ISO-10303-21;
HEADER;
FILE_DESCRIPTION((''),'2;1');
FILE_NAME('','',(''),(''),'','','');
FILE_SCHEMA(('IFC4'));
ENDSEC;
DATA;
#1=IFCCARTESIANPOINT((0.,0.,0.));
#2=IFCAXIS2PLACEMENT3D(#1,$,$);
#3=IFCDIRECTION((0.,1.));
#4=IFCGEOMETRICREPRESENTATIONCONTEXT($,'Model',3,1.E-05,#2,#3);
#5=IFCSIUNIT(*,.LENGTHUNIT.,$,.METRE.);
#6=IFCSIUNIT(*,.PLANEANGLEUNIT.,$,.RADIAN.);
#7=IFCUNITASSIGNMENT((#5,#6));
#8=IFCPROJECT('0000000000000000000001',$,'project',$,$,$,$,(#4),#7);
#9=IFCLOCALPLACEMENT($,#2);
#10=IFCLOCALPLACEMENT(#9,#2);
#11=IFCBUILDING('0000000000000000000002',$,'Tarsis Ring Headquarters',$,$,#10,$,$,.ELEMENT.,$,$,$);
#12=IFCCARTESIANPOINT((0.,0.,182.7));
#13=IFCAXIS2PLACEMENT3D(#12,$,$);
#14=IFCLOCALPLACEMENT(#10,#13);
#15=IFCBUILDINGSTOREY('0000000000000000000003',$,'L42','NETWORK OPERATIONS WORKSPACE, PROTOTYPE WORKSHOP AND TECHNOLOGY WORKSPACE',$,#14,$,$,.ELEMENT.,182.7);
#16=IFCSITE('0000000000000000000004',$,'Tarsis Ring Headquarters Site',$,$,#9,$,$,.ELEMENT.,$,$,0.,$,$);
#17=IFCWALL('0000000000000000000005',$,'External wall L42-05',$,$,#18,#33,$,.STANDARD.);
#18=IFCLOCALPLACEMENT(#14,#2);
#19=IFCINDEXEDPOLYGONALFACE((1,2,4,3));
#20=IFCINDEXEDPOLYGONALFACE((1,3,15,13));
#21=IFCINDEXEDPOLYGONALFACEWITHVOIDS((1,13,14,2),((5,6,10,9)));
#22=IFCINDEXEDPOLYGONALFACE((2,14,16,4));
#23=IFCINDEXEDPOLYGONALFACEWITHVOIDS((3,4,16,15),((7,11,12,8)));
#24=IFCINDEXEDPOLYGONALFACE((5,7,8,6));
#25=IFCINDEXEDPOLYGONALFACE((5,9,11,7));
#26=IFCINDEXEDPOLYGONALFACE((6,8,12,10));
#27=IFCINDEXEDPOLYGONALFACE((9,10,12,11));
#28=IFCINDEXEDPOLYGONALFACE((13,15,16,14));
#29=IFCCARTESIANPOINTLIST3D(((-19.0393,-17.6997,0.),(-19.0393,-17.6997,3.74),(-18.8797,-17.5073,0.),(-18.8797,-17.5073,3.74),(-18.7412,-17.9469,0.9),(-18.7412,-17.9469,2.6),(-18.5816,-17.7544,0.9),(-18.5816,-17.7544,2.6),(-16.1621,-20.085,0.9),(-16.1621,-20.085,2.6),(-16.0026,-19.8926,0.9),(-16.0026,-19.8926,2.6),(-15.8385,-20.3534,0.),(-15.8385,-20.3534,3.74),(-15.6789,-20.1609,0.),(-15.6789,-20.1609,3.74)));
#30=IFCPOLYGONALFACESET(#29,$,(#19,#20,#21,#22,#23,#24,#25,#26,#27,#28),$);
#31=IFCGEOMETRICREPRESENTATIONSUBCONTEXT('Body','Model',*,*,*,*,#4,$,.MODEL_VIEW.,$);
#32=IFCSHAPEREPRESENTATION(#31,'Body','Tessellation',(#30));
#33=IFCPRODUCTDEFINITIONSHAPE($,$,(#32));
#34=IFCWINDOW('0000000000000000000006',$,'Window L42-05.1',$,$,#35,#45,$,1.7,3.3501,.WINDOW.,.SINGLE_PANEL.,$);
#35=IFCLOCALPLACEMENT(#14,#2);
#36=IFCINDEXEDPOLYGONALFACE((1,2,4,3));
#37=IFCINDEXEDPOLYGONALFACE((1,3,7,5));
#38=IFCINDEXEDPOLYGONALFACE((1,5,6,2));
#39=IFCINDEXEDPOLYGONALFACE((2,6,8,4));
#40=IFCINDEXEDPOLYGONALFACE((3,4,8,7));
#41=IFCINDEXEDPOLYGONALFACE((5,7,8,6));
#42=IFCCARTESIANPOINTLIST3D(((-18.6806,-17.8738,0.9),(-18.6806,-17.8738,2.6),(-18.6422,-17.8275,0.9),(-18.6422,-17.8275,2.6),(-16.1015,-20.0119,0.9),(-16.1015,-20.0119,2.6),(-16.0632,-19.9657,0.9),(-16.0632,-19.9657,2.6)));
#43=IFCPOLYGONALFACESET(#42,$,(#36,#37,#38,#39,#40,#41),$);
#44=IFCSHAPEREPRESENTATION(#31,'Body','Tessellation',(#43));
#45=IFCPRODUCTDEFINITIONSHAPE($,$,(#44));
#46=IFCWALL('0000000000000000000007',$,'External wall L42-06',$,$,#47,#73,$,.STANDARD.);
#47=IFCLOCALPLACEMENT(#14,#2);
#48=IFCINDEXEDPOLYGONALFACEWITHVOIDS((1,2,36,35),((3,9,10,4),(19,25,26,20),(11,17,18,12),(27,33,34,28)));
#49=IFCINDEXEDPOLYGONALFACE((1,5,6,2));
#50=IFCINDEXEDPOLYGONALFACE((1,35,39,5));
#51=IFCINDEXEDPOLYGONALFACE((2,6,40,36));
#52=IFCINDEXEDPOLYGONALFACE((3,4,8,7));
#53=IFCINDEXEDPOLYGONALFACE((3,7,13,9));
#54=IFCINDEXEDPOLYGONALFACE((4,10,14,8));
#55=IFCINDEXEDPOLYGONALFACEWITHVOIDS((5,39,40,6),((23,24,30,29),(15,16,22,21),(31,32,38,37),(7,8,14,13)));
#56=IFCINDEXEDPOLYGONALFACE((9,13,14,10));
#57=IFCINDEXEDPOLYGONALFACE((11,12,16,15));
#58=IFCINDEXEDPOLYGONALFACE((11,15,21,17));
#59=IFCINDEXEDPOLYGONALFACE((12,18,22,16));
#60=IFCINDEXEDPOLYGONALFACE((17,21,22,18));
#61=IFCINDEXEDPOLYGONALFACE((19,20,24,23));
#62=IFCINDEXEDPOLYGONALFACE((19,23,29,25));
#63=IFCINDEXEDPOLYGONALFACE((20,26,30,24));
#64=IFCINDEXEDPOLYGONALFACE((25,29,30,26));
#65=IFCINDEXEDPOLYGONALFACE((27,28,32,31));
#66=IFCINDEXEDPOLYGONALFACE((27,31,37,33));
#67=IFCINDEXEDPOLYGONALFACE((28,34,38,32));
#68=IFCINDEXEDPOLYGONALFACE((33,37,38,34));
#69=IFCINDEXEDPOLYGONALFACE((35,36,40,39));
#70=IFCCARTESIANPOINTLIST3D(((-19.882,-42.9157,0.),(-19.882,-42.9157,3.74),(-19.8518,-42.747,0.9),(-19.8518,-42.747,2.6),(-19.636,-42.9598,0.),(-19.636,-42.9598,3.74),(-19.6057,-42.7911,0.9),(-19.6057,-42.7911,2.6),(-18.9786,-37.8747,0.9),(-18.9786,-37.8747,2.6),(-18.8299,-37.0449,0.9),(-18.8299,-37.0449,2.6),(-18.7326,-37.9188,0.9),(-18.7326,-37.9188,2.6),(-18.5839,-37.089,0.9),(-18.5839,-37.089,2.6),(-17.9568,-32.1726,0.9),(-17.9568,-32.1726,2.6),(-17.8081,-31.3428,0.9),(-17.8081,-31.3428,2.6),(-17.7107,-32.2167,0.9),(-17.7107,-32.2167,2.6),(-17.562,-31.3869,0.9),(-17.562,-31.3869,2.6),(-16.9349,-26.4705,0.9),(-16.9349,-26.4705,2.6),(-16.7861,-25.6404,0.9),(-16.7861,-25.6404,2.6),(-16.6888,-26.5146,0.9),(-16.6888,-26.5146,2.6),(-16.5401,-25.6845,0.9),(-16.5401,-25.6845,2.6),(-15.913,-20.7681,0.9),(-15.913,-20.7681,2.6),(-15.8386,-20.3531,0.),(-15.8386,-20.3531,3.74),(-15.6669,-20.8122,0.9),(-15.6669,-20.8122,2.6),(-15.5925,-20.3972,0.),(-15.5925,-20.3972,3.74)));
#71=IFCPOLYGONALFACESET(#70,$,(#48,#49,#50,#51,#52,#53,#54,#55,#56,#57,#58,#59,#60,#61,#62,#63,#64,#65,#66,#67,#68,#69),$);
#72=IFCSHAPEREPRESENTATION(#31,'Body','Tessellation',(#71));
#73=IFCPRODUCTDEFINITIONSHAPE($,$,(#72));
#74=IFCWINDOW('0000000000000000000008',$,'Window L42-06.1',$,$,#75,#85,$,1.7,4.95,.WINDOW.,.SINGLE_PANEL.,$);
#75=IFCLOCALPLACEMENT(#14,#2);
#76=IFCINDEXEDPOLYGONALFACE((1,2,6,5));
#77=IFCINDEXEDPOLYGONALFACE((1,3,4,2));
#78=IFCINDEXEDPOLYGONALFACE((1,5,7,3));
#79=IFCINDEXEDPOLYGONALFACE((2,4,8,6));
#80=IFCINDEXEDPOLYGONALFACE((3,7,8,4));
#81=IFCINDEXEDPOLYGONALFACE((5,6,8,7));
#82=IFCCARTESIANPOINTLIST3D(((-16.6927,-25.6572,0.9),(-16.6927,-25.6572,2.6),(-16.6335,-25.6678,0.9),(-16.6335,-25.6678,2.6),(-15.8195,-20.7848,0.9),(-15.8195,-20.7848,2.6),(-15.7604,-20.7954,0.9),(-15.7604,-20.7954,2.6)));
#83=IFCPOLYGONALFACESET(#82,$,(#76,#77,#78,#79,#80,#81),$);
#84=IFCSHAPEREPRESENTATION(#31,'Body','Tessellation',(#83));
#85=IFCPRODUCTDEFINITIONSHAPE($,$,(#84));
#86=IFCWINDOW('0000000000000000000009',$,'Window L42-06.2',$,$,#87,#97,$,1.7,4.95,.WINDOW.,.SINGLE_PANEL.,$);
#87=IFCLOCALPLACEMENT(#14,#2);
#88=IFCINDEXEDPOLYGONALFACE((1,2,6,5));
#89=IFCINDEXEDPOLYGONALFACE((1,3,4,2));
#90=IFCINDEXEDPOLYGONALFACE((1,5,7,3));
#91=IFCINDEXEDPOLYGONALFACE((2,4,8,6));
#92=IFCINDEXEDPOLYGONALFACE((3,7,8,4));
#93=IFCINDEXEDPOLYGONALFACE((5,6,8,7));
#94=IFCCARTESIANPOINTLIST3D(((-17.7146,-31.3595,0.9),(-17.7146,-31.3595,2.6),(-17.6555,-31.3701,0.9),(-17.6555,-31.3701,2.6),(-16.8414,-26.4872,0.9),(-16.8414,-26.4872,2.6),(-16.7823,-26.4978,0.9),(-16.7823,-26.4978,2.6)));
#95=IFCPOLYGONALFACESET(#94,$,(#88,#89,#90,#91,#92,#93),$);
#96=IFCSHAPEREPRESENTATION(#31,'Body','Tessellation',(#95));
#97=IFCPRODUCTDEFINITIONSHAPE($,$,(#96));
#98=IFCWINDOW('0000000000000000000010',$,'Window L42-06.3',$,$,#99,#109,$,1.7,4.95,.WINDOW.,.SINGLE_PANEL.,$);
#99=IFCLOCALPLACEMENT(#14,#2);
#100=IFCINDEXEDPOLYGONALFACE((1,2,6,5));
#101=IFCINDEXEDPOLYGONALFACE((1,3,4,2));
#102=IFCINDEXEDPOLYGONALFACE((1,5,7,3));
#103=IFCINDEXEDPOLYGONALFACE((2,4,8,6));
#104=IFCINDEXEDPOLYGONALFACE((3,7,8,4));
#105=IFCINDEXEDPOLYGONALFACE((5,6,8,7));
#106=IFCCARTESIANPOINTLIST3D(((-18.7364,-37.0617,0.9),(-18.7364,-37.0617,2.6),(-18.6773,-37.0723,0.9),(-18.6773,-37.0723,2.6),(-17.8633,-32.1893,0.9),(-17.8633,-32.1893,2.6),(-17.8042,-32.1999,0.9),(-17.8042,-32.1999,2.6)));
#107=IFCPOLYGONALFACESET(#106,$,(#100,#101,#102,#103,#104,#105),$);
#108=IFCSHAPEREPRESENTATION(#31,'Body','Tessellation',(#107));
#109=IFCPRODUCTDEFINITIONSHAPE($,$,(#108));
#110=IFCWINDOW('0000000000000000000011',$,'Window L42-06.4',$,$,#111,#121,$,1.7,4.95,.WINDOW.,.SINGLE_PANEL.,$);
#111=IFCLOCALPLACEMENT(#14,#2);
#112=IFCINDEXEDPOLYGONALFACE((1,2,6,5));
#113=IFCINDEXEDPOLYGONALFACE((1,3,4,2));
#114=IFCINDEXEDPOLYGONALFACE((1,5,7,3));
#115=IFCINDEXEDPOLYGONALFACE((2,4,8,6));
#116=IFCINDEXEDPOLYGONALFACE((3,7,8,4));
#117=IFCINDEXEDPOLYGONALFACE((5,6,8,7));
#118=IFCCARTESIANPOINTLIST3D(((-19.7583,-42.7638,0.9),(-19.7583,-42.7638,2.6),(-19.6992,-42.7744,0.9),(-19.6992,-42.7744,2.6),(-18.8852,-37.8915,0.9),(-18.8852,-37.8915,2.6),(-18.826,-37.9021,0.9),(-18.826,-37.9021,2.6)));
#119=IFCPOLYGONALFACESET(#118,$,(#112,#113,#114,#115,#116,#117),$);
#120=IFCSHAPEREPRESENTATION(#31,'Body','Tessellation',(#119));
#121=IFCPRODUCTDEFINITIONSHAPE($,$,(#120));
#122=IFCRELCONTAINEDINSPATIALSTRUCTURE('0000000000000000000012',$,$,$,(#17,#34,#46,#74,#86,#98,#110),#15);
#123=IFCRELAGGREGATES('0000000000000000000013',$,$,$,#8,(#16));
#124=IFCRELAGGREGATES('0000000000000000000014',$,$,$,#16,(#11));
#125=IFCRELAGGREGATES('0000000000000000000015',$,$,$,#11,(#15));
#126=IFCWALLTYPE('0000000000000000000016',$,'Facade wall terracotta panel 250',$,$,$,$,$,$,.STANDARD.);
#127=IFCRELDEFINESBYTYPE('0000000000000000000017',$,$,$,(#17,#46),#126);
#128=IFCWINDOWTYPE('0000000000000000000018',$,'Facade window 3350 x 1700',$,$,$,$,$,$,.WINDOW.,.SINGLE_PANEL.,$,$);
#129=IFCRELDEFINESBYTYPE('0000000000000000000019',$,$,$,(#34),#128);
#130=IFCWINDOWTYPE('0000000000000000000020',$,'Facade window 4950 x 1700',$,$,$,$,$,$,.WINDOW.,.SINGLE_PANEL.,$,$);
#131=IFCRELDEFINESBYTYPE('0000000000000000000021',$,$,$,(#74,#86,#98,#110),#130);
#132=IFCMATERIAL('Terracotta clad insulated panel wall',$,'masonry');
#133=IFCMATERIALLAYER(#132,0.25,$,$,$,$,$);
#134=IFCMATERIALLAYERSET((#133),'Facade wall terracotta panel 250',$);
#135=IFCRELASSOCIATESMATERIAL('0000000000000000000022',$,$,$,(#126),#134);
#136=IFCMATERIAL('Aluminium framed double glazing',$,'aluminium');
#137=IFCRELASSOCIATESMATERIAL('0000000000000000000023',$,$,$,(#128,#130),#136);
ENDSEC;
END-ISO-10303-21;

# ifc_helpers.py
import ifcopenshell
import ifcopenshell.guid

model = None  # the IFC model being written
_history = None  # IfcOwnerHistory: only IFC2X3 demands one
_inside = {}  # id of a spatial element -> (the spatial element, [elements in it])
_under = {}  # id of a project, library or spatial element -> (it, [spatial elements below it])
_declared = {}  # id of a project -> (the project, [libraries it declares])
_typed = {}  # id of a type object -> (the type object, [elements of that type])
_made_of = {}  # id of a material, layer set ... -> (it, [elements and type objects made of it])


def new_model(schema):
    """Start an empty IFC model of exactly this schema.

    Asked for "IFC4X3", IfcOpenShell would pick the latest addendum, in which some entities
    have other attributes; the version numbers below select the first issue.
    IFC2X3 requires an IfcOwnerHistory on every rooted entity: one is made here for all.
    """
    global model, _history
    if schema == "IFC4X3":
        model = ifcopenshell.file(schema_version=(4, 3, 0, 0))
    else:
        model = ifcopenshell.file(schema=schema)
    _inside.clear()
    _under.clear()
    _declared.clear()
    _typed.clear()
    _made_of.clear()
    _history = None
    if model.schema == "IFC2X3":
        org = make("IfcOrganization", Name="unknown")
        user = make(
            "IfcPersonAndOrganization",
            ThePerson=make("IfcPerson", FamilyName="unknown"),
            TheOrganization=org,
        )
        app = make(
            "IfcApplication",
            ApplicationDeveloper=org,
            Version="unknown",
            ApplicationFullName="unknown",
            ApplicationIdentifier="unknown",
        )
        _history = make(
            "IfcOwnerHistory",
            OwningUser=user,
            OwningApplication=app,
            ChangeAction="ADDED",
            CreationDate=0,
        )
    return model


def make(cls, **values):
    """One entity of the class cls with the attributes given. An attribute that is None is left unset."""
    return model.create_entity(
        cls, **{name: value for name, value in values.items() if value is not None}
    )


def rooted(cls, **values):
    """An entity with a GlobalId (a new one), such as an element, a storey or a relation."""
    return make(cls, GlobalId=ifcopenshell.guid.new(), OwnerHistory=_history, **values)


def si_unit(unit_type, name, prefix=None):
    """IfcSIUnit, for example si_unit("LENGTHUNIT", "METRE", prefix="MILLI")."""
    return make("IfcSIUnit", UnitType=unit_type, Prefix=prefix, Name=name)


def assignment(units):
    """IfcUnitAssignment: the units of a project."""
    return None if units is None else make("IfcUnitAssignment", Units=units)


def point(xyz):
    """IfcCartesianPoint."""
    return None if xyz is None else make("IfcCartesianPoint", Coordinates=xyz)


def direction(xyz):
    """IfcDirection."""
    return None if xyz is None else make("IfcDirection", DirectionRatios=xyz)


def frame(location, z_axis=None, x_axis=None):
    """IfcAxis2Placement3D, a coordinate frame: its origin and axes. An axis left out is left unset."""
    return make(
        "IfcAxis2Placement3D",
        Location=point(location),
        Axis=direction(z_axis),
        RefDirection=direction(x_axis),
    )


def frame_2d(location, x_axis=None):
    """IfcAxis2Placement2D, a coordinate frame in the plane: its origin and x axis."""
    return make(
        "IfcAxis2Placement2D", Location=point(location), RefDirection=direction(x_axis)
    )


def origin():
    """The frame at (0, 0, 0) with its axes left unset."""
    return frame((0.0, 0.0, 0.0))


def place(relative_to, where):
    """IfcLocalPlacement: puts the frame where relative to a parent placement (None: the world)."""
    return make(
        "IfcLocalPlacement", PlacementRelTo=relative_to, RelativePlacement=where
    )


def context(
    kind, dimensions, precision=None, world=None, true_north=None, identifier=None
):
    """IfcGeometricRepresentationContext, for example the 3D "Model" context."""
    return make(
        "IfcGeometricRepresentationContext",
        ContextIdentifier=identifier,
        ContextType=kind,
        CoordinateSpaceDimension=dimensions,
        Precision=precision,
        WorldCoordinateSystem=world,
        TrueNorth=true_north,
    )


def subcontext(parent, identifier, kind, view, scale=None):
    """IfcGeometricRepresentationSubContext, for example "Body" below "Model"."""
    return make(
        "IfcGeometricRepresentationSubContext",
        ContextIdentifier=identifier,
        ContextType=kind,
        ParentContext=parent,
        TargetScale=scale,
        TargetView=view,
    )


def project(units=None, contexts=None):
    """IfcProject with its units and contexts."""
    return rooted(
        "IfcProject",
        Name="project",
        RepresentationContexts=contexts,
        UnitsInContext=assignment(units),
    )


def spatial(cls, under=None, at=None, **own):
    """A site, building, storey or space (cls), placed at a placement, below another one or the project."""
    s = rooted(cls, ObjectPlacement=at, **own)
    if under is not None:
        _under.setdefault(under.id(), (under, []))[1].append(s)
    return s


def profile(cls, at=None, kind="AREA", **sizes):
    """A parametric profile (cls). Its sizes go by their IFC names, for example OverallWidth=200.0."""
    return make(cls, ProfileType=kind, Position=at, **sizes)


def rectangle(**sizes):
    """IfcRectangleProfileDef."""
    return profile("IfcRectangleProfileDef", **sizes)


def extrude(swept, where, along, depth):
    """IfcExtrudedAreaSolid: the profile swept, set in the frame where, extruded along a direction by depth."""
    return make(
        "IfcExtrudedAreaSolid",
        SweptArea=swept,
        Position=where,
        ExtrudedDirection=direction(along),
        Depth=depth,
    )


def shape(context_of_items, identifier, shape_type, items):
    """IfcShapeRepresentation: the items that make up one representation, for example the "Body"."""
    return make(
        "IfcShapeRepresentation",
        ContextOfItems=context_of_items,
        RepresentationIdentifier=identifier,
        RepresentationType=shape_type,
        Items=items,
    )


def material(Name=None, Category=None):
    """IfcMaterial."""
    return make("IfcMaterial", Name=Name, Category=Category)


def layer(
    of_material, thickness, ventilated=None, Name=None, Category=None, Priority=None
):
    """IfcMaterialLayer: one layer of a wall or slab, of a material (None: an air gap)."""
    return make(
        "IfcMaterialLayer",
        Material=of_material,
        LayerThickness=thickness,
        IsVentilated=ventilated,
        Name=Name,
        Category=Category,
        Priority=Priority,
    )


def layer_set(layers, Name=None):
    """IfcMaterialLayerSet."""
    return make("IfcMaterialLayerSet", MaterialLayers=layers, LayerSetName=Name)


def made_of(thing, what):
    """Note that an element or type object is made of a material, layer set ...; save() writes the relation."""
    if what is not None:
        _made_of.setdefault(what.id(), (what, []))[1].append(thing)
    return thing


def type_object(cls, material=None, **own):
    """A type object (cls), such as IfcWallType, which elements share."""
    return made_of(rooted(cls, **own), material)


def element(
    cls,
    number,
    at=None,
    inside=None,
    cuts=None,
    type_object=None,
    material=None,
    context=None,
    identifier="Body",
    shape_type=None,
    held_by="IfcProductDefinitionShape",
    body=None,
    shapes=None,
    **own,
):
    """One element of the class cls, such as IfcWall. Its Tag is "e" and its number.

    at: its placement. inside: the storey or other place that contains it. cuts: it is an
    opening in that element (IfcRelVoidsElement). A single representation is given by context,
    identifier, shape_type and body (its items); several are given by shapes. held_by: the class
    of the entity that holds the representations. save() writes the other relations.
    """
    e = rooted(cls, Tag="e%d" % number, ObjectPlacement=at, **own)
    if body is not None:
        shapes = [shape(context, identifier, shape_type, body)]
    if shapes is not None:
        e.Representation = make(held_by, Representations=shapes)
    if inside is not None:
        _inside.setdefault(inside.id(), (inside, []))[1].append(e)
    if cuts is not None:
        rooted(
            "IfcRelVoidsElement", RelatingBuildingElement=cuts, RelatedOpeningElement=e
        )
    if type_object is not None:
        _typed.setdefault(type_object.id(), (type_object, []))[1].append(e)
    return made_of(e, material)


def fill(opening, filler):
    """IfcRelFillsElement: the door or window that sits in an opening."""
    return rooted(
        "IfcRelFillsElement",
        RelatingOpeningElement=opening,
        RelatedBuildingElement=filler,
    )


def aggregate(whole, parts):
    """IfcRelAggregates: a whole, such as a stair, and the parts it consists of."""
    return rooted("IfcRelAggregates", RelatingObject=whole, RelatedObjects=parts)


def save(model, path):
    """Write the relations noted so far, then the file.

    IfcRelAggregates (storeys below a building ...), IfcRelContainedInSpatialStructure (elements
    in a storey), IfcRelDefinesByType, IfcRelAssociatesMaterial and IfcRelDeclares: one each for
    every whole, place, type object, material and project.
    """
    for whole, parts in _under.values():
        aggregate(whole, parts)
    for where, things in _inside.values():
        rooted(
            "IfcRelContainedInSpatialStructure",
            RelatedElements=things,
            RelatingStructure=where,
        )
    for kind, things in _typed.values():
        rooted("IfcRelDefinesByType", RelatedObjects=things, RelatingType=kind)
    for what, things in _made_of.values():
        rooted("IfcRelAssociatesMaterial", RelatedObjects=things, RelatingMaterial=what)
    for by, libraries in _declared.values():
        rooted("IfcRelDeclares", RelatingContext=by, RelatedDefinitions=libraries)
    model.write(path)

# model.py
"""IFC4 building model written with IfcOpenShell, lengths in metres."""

from ifc_helpers import new_model, si_unit, direction, frame, frame_2d, origin, place, context, subcontext, project, spatial, rectangle, extrude, material, layer, layer_set, type_object, element, fill, save


model = new_model("IFC4")

# Units and contexts
model_context = context("Model", 3, precision=1e-05, world=origin(), true_north=direction((0.0, 1.0)))
body_context = subcontext(model_context, "Body", "Model", "MODEL_VIEW")
ifc_project = project(units=[si_unit("LENGTHUNIT", "METRE"), si_unit("PLANEANGLEUNIT", "RADIAN")], contexts=[model_context])

# Site, building, storey
site_placement = place(None, origin())
site = spatial("IfcSite", under=ifc_project, at=site_placement, Name="Tarsis Ring Headquarters Site", CompositionType="ELEMENT", RefElevation=0.0)
building_placement = place(site_placement, origin())
building = spatial("IfcBuilding", under=site, at=building_placement, Name="Tarsis Ring Headquarters", CompositionType="ELEMENT")
storey_placement = place(building_placement, frame((0.0, 0.0, 182.7)))
storey = spatial("IfcBuildingStorey", under=building, at=storey_placement, Name="L42", Description="NETWORK OPERATIONS WORKSPACE, PROTOTYPE WORKSHOP AND TECHNOLOGY WORKSPACE", CompositionType="ELEMENT", Elevation=182.7)

# Wall, opening, window
ifc_material_1 = material(Name="Terracotta clad insulated panel wall", Category="masonry")
ifc_layer_1 = layer(ifc_material_1, 0.25)
ifc_layer_set_1 = layer_set([ifc_layer_1], Name="Facade wall terracotta panel 250")
wall_type_1 = type_object("IfcWallType", Name="Facade wall terracotta panel 250", PredefinedType="STANDARD", material=ifc_layer_set_1)
wall_1_placement = place(storey_placement, frame((-18.9595, -17.6035, 0.0), z_axis=(0.0, 0.0, 1.0), x_axis=(0.769836, -0.638242, 0.0)))
wall_1 = element("IfcWall", 1, at=wall_1_placement, inside=storey, type_object=wall_type_1, Name="External wall L42-05", PredefinedType="STANDARD", context=body_context, shape_type="SweptSolid", body=[
    extrude(rectangle(XDim=4.1577, YDim=0.25, at=frame_2d((2.0789, 0.0))), origin(), (0.0, 0.0, 1.0), 3.74),
])
opening_1_placement = place(wall_1_placement, frame((0.3872, 0.0, 0.8999)))
opening_1 = element("IfcOpeningElement", 2, at=opening_1_placement, cuts=wall_1, PredefinedType="OPENING", context=body_context, shape_type="SweptSolid", body=[
    extrude(rectangle(XDim=3.3501, YDim=1.7, at=frame_2d((1.675, 0.8501))), frame((0.0, 0.135, 0.0), z_axis=(0.0, -1.0, 0.0), x_axis=(1.0, 0.0, 0.0)), (0.0, 0.0, 1.0), 0.27),
])
ifc_material_2 = material(Name="Aluminium framed double glazing", Category="aluminium")
window_type_1 = type_object("IfcWindowType", Name="Facade window 3350 x 1700", PartitioningType="SINGLE_PANEL", PredefinedType="WINDOW", material=ifc_material_2)
window_1_placement = place(opening_1_placement, origin())
window_1 = element("IfcWindow", 3, at=window_1_placement, inside=storey, type_object=window_type_1, Name="Window L42-05.1", OverallHeight=1.7, OverallWidth=3.3501, PartitioningType="SINGLE_PANEL", PredefinedType="WINDOW", context=body_context, shape_type="SweptSolid", body=[
    extrude(rectangle(XDim=3.3501, YDim=1.7, at=frame_2d((1.675, 0.8501))), frame((0.0, 0.03, 0.0), z_axis=(0.0, -1.0, 0.0), x_axis=(1.0, 0.0, 0.0)), (0.0, 0.0, 1.0), 0.0601),
])
fill(opening_1, window_1)

# Wall, openings, windows
wall_2_placement = place(storey_placement, frame((-15.7156, -20.3752, 0.0), z_axis=(0.0, 0.0, 1.0), x_axis=(-0.176399, -0.984319, 0.0)))
wall_2 = element("IfcWall", 4, at=wall_2_placement, inside=storey, type_object=wall_type_1, Name="External wall L42-06", PredefinedType="STANDARD", context=body_context, shape_type="SweptSolid", body=[
    extrude(rectangle(XDim=22.9221, YDim=0.25, at=frame_2d((11.4609, 0.0))), origin(), (0.0, 0.0, 1.0), 3.74),
])
opening_2_placement = place(wall_2_placement, frame((0.4214, 0.0, 0.8999)))
opening_2 = element("IfcOpeningElement", 5, at=opening_2_placement, cuts=wall_2, PredefinedType="OPENING", context=body_context, shape_type="SweptSolid", body=[
    extrude(rectangle(XDim=4.95, YDim=1.7, at=frame_2d((2.4751, 0.8501))), frame((0.0, 0.135, 0.0), z_axis=(0.0, -1.0, 0.0), x_axis=(1.0, 0.0, 0.0)), (0.0, 0.0, 1.0), 0.27),
])
opening_3_placement = place(wall_2_placement, frame((6.2146, 0.0, 0.8999)))
opening_3 = element("IfcOpeningElement", 6, at=opening_3_placement, cuts=wall_2, PredefinedType="OPENING", context=body_context, shape_type="SweptSolid", body=[
    extrude(rectangle(XDim=4.95, YDim=1.7, at=frame_2d((2.4751, 0.8501))), frame((0.0, 0.135, 0.0), z_axis=(0.0, -1.0, 0.0), x_axis=(1.0, 0.0, 0.0)), (0.0, 0.0, 1.0), 0.27),
])
opening_4_placement = place(wall_2_placement, frame((12.0076, 0.0, 0.8999)))
opening_4 = element("IfcOpeningElement", 7, at=opening_4_placement, cuts=wall_2, PredefinedType="OPENING", context=body_context, shape_type="SweptSolid", body=[
    extrude(rectangle(XDim=4.95, YDim=1.7, at=frame_2d((2.4751, 0.8501))), frame((0.0, 0.135, 0.0), z_axis=(0.0, -1.0, 0.0), x_axis=(1.0, 0.0, 0.0)), (0.0, 0.0, 1.0), 0.27),
])
opening_5_placement = place(wall_2_placement, frame((17.8005, 0.0, 0.8999)))
opening_5 = element("IfcOpeningElement", 8, at=opening_5_placement, cuts=wall_2, PredefinedType="OPENING", context=body_context, shape_type="SweptSolid", body=[
    extrude(rectangle(XDim=4.95, YDim=1.7, at=frame_2d((2.4751, 0.8501))), frame((0.0, 0.135, 0.0), z_axis=(0.0, -1.0, 0.0), x_axis=(1.0, 0.0, 0.0)), (0.0, 0.0, 1.0), 0.27),
])
window_type_2 = type_object("IfcWindowType", Name="Facade window 4950 x 1700", PartitioningType="SINGLE_PANEL", PredefinedType="WINDOW", material=ifc_material_2)
window_2_placement = place(opening_2_placement, origin())
window_2 = element("IfcWindow", 9, at=window_2_placement, inside=storey, type_object=window_type_2, Name="Window L42-06.1", OverallHeight=1.7, OverallWidth=4.95, PartitioningType="SINGLE_PANEL", PredefinedType="WINDOW", context=body_context, shape_type="SweptSolid", body=[
    extrude(rectangle(XDim=4.95, YDim=1.7, at=frame_2d((2.4751, 0.8501))), frame((0.0, 0.03, 0.0), z_axis=(0.0, -1.0, 0.0), x_axis=(1.0, 0.0, 0.0)), (0.0, 0.0, 1.0), 0.0601),
])
fill(opening_2, window_2)
window_3_placement = place(opening_3_placement, origin())
window_3 = element("IfcWindow", 10, at=window_3_placement, inside=storey, type_object=window_type_2, Name="Window L42-06.2", OverallHeight=1.7, OverallWidth=4.95, PartitioningType="SINGLE_PANEL", PredefinedType="WINDOW", context=body_context, shape_type="SweptSolid", body=[
    extrude(rectangle(XDim=4.95, YDim=1.7, at=frame_2d((2.4751, 0.8501))), frame((0.0, 0.03, 0.0), z_axis=(0.0, -1.0, 0.0), x_axis=(1.0, 0.0, 0.0)), (0.0, 0.0, 1.0), 0.0601),
])
fill(opening_3, window_3)
window_4_placement = place(opening_4_placement, origin())
window_4 = element("IfcWindow", 11, at=window_4_placement, inside=storey, type_object=window_type_2, Name="Window L42-06.3", OverallHeight=1.7, OverallWidth=4.95, PartitioningType="SINGLE_PANEL", PredefinedType="WINDOW", context=body_context, shape_type="SweptSolid", body=[
    extrude(rectangle(XDim=4.95, YDim=1.7, at=frame_2d((2.4751, 0.8501))), frame((0.0, 0.03, 0.0), z_axis=(0.0, -1.0, 0.0), x_axis=(1.0, 0.0, 0.0)), (0.0, 0.0, 1.0), 0.0601),
])
fill(opening_4, window_4)
window_5_placement = place(opening_5_placement, origin())
window_5 = element("IfcWindow", 12, at=window_5_placement, inside=storey, type_object=window_type_2, Name="Window L42-06.4", OverallHeight=1.7, OverallWidth=4.95, PartitioningType="SINGLE_PANEL", PredefinedType="WINDOW", context=body_context, shape_type="SweptSolid", body=[
    extrude(rectangle(XDim=4.95, YDim=1.7, at=frame_2d((2.4751, 0.8501))), frame((0.0, 0.03, 0.0), z_axis=(0.0, -1.0, 0.0), x_axis=(1.0, 0.0, 0.0)), (0.0, 0.0, 1.0), 0.0601),
])
fill(opening_5, window_5)

save(model, "model.ifc")
